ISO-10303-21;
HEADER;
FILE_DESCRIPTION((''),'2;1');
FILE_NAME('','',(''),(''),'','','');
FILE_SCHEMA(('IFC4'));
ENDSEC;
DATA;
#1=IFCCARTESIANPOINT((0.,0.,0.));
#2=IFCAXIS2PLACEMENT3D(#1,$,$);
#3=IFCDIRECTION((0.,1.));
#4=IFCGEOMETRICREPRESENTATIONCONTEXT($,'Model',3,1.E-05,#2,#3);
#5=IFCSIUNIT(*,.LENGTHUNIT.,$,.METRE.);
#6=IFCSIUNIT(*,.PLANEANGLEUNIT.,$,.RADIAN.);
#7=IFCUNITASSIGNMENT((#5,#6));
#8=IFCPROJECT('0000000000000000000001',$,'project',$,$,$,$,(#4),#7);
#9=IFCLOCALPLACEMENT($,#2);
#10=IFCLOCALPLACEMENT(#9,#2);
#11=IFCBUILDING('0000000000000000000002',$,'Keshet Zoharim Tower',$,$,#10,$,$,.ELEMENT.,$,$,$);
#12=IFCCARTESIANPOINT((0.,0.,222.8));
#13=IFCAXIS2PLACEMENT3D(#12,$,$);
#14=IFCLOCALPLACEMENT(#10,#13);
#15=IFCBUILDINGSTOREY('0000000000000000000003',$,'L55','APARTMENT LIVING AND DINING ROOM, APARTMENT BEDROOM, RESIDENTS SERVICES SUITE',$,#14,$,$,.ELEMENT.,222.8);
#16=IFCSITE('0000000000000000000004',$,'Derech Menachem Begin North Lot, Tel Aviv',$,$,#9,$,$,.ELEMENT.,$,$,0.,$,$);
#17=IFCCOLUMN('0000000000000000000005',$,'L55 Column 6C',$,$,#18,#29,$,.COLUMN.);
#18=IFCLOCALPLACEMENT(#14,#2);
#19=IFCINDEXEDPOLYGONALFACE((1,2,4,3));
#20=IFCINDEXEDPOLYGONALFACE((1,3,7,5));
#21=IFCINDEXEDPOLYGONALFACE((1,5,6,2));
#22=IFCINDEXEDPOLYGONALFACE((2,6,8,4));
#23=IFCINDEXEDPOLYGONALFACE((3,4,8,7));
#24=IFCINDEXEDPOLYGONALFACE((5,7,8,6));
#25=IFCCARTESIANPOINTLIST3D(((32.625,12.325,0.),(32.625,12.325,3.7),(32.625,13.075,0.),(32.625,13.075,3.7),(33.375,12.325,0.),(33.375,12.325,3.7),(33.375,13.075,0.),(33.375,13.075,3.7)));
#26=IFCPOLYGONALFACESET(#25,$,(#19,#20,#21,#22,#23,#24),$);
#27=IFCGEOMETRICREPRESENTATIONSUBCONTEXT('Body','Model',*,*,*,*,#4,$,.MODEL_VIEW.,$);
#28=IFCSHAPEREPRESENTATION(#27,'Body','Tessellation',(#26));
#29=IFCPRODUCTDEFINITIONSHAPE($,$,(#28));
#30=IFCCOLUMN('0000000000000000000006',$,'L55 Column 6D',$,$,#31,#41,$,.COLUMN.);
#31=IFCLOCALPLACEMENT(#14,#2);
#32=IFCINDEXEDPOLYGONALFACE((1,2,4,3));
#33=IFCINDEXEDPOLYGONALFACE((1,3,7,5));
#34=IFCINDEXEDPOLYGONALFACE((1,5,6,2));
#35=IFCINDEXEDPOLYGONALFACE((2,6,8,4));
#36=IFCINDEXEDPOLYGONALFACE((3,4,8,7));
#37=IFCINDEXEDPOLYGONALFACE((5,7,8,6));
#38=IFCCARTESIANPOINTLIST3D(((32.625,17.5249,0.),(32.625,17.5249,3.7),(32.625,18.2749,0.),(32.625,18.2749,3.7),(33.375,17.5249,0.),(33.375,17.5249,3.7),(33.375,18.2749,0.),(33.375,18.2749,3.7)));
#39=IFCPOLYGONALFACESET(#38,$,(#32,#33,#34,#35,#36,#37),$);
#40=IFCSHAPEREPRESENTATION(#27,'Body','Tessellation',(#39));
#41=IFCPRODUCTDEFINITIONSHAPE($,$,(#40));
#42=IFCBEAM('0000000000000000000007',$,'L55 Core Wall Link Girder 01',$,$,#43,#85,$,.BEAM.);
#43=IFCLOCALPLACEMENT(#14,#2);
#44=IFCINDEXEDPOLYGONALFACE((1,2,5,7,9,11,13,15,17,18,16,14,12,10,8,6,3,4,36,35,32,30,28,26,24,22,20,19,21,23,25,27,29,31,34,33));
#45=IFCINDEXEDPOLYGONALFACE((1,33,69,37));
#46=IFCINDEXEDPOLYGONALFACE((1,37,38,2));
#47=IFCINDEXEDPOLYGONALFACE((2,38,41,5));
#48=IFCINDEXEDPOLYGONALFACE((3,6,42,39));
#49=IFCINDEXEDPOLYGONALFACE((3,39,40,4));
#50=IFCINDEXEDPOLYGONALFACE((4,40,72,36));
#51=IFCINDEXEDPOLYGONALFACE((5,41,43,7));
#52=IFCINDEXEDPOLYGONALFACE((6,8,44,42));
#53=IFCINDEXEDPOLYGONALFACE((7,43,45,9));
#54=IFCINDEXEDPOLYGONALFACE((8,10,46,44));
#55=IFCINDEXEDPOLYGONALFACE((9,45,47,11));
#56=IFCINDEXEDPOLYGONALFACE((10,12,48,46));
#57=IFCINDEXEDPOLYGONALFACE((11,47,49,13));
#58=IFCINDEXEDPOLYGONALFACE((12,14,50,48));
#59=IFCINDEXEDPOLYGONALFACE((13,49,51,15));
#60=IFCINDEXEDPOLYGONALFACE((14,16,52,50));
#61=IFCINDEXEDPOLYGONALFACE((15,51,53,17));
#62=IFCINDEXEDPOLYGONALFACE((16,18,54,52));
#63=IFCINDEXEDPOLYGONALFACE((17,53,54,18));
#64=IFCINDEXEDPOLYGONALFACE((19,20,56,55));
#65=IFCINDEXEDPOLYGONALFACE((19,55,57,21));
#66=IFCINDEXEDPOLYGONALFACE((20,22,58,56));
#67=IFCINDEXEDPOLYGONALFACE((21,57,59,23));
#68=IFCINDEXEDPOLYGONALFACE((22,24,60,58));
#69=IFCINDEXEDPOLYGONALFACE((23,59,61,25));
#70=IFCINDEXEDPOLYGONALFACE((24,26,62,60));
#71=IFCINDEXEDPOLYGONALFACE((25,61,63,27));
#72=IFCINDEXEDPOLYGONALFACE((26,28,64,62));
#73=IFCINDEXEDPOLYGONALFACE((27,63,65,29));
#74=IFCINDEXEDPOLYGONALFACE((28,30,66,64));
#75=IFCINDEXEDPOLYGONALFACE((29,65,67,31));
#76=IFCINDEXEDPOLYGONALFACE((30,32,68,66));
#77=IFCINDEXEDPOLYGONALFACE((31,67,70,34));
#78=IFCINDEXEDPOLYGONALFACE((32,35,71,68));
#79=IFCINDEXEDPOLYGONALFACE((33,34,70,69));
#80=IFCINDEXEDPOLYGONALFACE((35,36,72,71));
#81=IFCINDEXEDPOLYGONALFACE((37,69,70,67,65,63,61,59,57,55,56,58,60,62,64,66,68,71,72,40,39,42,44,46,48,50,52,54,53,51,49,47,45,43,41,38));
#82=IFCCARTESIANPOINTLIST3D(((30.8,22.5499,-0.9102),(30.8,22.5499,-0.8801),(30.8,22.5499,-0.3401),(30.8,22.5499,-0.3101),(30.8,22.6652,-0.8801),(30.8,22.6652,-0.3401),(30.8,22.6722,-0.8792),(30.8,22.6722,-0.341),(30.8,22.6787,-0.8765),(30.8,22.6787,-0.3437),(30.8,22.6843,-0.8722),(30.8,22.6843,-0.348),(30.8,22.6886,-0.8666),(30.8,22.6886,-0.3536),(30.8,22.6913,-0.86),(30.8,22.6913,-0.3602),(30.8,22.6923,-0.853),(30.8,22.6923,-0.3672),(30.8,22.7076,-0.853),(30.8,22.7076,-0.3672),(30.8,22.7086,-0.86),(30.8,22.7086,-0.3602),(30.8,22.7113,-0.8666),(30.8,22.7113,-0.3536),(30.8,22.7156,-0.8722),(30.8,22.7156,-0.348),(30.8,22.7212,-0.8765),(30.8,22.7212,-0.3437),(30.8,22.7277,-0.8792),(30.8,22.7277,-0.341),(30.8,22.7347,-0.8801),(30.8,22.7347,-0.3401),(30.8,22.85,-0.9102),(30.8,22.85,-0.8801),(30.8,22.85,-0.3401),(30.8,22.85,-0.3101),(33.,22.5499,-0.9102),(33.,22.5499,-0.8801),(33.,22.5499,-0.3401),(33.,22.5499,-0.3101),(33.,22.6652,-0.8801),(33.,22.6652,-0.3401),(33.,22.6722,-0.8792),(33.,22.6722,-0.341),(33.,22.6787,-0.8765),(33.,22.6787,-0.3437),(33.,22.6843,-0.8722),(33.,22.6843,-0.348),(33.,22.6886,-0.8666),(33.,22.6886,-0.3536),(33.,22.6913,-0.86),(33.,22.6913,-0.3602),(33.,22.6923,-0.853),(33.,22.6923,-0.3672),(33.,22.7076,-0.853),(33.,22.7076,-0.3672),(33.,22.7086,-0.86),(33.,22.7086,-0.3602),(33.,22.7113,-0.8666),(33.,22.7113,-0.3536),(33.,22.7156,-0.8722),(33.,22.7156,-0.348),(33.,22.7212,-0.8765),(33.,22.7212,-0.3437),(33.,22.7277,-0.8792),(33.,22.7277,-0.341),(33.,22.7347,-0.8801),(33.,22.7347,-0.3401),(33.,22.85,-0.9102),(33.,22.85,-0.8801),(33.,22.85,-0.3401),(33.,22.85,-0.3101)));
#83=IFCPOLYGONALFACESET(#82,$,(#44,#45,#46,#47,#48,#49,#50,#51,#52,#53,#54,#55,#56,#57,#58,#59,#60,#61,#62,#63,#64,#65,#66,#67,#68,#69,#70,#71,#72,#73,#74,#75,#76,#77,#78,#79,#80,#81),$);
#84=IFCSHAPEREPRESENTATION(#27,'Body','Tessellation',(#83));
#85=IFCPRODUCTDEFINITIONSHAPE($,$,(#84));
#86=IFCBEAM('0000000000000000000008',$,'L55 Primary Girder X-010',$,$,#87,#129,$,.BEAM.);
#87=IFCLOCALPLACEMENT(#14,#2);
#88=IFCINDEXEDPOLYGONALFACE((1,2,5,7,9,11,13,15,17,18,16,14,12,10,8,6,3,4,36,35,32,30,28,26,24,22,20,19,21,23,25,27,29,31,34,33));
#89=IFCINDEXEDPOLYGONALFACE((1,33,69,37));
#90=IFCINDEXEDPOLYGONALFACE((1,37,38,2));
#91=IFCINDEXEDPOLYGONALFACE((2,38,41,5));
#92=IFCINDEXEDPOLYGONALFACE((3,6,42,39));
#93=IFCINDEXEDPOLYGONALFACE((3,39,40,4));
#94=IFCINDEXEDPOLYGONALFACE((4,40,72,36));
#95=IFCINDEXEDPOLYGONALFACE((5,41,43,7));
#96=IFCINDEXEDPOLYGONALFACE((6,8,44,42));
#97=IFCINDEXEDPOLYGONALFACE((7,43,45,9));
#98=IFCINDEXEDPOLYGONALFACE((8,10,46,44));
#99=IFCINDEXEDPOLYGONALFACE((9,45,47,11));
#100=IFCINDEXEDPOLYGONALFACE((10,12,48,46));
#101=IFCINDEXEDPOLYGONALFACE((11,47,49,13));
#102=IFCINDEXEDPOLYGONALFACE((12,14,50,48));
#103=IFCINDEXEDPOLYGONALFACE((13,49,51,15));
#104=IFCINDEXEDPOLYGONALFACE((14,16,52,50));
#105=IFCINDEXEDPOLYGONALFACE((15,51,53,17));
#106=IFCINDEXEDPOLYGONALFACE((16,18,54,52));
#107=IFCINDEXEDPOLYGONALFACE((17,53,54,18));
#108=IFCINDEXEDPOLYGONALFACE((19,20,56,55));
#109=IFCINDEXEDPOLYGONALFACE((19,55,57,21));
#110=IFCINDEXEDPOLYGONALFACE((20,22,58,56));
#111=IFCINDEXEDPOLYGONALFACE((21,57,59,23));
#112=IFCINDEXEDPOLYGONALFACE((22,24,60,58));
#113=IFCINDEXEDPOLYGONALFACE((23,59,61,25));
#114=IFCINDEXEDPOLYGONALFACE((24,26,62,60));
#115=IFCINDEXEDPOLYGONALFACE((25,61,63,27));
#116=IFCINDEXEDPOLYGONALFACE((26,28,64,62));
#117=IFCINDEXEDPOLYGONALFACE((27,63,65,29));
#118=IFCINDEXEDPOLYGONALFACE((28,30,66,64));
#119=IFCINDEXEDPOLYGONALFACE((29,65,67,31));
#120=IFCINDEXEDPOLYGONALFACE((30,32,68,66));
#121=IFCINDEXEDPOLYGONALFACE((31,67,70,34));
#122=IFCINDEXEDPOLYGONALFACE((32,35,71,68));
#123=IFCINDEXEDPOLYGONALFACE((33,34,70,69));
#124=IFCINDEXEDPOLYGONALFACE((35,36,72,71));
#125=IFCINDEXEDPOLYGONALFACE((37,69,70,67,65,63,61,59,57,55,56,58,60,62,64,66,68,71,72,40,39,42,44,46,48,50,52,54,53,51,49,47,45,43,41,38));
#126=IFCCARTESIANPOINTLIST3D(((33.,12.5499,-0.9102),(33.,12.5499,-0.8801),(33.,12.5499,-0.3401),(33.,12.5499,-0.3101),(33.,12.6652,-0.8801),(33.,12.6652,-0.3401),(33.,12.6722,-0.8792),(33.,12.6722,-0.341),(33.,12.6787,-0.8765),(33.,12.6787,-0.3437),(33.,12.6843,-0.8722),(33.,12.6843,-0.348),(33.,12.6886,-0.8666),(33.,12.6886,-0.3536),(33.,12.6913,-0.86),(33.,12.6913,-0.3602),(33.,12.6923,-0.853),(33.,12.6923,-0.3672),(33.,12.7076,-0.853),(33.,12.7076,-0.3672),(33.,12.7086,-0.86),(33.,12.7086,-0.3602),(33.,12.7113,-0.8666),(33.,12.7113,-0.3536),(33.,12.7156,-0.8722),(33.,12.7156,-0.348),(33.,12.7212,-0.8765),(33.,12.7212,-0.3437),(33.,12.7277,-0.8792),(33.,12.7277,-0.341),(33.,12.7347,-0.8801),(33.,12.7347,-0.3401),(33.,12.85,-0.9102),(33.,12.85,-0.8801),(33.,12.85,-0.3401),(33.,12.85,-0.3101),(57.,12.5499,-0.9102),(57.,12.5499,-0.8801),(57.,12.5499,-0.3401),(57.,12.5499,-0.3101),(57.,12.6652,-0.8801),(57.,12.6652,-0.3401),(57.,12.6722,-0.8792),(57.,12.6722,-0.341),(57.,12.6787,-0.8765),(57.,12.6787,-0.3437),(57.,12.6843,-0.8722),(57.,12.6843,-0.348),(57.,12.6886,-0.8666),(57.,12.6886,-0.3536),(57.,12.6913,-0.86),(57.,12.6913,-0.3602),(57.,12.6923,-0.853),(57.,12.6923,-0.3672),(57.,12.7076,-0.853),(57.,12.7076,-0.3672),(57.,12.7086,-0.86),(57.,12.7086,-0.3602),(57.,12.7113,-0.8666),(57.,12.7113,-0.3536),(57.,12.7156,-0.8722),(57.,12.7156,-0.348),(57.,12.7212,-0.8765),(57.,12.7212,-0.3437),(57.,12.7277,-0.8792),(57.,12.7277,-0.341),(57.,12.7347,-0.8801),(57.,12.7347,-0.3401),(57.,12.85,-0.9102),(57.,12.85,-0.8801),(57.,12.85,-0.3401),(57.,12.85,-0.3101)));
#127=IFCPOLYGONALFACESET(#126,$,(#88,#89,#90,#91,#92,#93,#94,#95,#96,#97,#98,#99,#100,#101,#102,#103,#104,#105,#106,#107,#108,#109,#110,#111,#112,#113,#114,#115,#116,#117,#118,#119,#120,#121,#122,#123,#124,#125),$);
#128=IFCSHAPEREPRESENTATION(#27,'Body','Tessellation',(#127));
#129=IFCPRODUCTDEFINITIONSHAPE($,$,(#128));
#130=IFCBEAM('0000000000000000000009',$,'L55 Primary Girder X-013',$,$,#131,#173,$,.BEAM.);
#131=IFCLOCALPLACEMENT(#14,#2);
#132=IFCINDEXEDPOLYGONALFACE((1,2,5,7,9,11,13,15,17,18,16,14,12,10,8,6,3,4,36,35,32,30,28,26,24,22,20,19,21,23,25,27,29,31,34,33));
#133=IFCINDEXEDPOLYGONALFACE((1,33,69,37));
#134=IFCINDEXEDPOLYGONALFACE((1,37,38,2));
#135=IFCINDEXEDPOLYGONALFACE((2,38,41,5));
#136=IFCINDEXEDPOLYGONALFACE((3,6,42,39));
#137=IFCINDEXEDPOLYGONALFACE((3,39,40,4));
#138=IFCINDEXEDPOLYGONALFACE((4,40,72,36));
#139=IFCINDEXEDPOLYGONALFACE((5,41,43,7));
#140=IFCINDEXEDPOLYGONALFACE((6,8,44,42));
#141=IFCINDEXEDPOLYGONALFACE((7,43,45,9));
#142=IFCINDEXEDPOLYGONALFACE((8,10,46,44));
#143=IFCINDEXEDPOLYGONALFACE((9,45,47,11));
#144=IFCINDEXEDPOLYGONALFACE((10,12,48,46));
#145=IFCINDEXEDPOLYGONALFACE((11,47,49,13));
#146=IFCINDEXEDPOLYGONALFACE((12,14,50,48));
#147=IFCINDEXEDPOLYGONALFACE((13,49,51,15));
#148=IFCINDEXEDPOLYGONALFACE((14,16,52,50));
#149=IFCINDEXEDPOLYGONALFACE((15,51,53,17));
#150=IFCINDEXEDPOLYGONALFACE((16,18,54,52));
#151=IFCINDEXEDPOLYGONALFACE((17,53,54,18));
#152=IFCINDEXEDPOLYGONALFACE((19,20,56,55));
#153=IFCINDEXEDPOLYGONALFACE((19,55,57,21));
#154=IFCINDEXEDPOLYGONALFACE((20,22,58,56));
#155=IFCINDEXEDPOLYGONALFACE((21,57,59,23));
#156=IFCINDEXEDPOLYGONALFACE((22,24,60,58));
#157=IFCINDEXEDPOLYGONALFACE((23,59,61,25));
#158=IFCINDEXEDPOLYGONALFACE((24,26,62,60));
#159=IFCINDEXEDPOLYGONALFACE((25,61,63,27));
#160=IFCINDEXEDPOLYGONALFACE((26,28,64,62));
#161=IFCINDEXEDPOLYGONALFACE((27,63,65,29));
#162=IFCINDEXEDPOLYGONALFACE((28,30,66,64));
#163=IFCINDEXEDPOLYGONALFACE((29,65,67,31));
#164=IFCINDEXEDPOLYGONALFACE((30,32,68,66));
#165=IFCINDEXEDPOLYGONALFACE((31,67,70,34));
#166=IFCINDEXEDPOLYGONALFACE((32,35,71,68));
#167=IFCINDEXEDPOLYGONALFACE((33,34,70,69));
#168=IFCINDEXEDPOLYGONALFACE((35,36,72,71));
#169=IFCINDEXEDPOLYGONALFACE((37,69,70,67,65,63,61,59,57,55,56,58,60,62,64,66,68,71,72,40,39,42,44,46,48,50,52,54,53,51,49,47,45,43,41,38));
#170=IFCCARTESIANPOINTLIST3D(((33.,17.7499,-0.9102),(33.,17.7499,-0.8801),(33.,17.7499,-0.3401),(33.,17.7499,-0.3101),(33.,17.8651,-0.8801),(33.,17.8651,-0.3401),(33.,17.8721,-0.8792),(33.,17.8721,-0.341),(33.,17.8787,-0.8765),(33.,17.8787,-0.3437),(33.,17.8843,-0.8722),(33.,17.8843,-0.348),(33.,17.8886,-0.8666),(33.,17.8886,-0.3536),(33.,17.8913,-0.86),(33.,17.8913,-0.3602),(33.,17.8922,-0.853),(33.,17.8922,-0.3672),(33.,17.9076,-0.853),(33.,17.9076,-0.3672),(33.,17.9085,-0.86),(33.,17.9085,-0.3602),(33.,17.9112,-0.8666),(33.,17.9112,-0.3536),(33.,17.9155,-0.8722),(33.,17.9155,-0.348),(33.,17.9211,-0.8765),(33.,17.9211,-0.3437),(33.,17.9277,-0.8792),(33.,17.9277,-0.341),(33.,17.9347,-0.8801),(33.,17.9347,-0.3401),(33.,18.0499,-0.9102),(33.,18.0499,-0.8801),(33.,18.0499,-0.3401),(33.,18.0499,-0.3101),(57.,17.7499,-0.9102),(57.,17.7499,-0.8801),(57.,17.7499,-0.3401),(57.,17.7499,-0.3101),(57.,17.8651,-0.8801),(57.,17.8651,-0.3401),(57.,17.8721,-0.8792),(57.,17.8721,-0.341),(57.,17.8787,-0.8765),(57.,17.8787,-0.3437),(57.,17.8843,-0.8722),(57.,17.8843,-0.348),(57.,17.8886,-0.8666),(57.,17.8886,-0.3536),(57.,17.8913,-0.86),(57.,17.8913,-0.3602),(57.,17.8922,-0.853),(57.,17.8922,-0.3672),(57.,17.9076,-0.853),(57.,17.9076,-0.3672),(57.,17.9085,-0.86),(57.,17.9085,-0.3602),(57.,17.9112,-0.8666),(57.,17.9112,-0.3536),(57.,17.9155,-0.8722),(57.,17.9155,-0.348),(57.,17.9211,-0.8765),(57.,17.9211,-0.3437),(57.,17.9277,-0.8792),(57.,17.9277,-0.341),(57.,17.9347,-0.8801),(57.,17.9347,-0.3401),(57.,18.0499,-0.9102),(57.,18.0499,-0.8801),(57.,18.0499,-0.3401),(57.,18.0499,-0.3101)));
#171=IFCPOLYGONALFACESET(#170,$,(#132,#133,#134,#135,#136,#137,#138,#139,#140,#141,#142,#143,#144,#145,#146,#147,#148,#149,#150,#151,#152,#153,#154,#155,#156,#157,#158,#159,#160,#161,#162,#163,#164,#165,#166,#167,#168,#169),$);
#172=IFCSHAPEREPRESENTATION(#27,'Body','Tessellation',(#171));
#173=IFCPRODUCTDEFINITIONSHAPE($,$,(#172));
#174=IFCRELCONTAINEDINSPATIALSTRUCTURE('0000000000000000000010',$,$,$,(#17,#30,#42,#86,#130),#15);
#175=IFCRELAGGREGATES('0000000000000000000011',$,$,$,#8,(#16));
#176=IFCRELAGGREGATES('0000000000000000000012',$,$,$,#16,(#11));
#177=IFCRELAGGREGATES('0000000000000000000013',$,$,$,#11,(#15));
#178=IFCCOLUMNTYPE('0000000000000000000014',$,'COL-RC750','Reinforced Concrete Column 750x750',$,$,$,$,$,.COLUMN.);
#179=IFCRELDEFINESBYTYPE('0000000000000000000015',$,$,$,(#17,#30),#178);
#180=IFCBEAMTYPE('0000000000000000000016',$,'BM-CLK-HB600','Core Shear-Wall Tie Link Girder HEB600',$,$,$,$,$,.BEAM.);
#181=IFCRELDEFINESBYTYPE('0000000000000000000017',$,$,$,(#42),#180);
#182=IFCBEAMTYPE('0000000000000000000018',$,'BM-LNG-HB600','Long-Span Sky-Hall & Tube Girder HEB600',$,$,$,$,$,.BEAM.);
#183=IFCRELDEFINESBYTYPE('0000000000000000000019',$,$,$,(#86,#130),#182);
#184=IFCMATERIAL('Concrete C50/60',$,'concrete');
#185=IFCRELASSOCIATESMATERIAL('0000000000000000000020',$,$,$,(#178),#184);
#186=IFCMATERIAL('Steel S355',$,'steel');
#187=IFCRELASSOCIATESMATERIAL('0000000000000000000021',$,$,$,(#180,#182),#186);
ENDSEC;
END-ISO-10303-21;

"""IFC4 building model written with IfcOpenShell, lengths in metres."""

from ifc_helpers import new_model, si_unit, direction, frame, origin, origin_2d, place, context, subcontext, project, spatial, rectangle, i_section, extrude, material, material_profile, profile_set, type_object, element, save


model = new_model("IFC4")

# Units and contexts
model_context = context("Model", 3, precision=1e-05, world=origin(), true_north=direction((0.0, 1.0)))
body_context = subcontext(model_context, "Body", "Model", "MODEL_VIEW")
ifc_project = project(units=[si_unit("LENGTHUNIT", "METRE"), si_unit("PLANEANGLEUNIT", "RADIAN")], contexts=[model_context])

# Site, building, storey
site_placement = place(None, origin())
site = spatial("IfcSite", under=ifc_project, at=site_placement, Name="Derech Menachem Begin North Lot, Tel Aviv", CompositionType="ELEMENT", RefElevation=0.0)
building_placement = place(site_placement, origin())
building = spatial("IfcBuilding", under=site, at=building_placement, Name="Keshet Zoharim Tower", CompositionType="ELEMENT")
storey_placement = place(building_placement, frame((0.0, 0.0, 222.8)))
storey = spatial("IfcBuildingStorey", under=building, at=storey_placement, Name="L55", Description="APARTMENT LIVING AND DINING ROOM, APARTMENT BEDROOM, RESIDENTS SERVICES SUITE", CompositionType="ELEMENT", Elevation=222.8)

# Columns
ifc_material_1 = material(Name="Concrete C50/60", Category="concrete")
ifc_material_profile_1 = material_profile(ifc_material_1, rectangle(XDim=0.75, YDim=0.75, at=origin_2d()), Name="RC750x750")
ifc_profile_set_1 = profile_set([ifc_material_profile_1], Name="Concrete C50/60")
column_type = type_object("IfcColumnType", Name="COL-RC750", Description="Reinforced Concrete Column 750x750", PredefinedType="COLUMN", material=ifc_profile_set_1)
for number, where, z_axis, x_axis, name in (
    (1, (33.0, 12.7, 0.0), (0.0, 0.0, 1.0), (1.0, 0.0, 0.0), "L55 Column 6C"),
    (2, (33.0, 17.8999, 0.0), (0.0, 0.0, 1.0), (1.0, 0.0, 0.0), "L55 Column 6D"),
):
    element("IfcColumn", number, at=place(storey_placement, frame(where, z_axis=z_axis, x_axis=x_axis)), inside=storey, type_object=column_type, Name=name, PredefinedType="COLUMN", context=body_context, shape_type="SweptSolid", body=[
        extrude(rectangle(XDim=0.75, YDim=0.75, at=origin_2d()), origin(), (0.0, 0.0, 1.0), 3.7),
    ])

# Beams
ifc_material_2 = material(Name="Steel S355", Category="steel")
ifc_material_profile_2 = material_profile(ifc_material_2, i_section(OverallWidth=0.3, OverallDepth=0.6001, WebThickness=0.0154, FlangeThickness=0.03, FilletRadius=0.0271, at=origin_2d()), Name="HEB600")
ifc_profile_set_2 = profile_set([ifc_material_profile_2], Name="Steel S355")
beam_type_1 = type_object("IfcBeamType", Name="BM-CLK-HB600", Description="Core Shear-Wall Tie Link Girder HEB600", PredefinedType="BEAM", material=ifc_profile_set_2)
beam_1_placement = place(storey_placement, frame((30.8, 22.7, -0.6101), z_axis=(1.0, 0.0, 0.0), x_axis=(0.0, 1.0, 0.0)))
element("IfcBeam", 3, at=beam_1_placement, inside=storey, type_object=beam_type_1, Name="L55 Core Wall Link Girder 01", PredefinedType="BEAM", context=body_context, shape_type="SweptSolid", body=[
    extrude(i_section(OverallWidth=0.3, OverallDepth=0.6001, WebThickness=0.0154, FlangeThickness=0.03, FilletRadius=0.0271, at=origin_2d()), origin(), (0.0, 0.0, 1.0), 2.2),
])
ifc_material_profile_3 = material_profile(ifc_material_2, i_section(OverallWidth=0.3, OverallDepth=0.6001, WebThickness=0.0154, FlangeThickness=0.03, FilletRadius=0.0271, at=origin_2d()), Name="HEB600")
ifc_profile_set_3 = profile_set([ifc_material_profile_3], Name="Steel S355")
beam_type_2 = type_object("IfcBeamType", Name="BM-LNG-HB600", Description="Long-Span Sky-Hall & Tube Girder HEB600", PredefinedType="BEAM", material=ifc_profile_set_3)
for number, where, z_axis, x_axis, name in (
    (4, (33.0, 12.7, -0.6101), (1.0, 0.0, 0.0), (0.0, 1.0, 0.0), "L55 Primary Girder X-010"),
    (5, (33.0, 17.8999, -0.6101), (1.0, 0.0, 0.0), (0.0, 1.0, 0.0), "L55 Primary Girder X-013"),
):
    element("IfcBeam", number, at=place(storey_placement, frame(where, z_axis=z_axis, x_axis=x_axis)), inside=storey, type_object=beam_type_2, Name=name, PredefinedType="BEAM", context=body_context, shape_type="SweptSolid", body=[
        extrude(i_section(OverallWidth=0.3, OverallDepth=0.6001, WebThickness=0.0154, FlangeThickness=0.03, FilletRadius=0.0271, at=origin_2d()), origin(), (0.0, 0.0, 1.0), 24.0),
    ])

save(model, "model.ifc")
